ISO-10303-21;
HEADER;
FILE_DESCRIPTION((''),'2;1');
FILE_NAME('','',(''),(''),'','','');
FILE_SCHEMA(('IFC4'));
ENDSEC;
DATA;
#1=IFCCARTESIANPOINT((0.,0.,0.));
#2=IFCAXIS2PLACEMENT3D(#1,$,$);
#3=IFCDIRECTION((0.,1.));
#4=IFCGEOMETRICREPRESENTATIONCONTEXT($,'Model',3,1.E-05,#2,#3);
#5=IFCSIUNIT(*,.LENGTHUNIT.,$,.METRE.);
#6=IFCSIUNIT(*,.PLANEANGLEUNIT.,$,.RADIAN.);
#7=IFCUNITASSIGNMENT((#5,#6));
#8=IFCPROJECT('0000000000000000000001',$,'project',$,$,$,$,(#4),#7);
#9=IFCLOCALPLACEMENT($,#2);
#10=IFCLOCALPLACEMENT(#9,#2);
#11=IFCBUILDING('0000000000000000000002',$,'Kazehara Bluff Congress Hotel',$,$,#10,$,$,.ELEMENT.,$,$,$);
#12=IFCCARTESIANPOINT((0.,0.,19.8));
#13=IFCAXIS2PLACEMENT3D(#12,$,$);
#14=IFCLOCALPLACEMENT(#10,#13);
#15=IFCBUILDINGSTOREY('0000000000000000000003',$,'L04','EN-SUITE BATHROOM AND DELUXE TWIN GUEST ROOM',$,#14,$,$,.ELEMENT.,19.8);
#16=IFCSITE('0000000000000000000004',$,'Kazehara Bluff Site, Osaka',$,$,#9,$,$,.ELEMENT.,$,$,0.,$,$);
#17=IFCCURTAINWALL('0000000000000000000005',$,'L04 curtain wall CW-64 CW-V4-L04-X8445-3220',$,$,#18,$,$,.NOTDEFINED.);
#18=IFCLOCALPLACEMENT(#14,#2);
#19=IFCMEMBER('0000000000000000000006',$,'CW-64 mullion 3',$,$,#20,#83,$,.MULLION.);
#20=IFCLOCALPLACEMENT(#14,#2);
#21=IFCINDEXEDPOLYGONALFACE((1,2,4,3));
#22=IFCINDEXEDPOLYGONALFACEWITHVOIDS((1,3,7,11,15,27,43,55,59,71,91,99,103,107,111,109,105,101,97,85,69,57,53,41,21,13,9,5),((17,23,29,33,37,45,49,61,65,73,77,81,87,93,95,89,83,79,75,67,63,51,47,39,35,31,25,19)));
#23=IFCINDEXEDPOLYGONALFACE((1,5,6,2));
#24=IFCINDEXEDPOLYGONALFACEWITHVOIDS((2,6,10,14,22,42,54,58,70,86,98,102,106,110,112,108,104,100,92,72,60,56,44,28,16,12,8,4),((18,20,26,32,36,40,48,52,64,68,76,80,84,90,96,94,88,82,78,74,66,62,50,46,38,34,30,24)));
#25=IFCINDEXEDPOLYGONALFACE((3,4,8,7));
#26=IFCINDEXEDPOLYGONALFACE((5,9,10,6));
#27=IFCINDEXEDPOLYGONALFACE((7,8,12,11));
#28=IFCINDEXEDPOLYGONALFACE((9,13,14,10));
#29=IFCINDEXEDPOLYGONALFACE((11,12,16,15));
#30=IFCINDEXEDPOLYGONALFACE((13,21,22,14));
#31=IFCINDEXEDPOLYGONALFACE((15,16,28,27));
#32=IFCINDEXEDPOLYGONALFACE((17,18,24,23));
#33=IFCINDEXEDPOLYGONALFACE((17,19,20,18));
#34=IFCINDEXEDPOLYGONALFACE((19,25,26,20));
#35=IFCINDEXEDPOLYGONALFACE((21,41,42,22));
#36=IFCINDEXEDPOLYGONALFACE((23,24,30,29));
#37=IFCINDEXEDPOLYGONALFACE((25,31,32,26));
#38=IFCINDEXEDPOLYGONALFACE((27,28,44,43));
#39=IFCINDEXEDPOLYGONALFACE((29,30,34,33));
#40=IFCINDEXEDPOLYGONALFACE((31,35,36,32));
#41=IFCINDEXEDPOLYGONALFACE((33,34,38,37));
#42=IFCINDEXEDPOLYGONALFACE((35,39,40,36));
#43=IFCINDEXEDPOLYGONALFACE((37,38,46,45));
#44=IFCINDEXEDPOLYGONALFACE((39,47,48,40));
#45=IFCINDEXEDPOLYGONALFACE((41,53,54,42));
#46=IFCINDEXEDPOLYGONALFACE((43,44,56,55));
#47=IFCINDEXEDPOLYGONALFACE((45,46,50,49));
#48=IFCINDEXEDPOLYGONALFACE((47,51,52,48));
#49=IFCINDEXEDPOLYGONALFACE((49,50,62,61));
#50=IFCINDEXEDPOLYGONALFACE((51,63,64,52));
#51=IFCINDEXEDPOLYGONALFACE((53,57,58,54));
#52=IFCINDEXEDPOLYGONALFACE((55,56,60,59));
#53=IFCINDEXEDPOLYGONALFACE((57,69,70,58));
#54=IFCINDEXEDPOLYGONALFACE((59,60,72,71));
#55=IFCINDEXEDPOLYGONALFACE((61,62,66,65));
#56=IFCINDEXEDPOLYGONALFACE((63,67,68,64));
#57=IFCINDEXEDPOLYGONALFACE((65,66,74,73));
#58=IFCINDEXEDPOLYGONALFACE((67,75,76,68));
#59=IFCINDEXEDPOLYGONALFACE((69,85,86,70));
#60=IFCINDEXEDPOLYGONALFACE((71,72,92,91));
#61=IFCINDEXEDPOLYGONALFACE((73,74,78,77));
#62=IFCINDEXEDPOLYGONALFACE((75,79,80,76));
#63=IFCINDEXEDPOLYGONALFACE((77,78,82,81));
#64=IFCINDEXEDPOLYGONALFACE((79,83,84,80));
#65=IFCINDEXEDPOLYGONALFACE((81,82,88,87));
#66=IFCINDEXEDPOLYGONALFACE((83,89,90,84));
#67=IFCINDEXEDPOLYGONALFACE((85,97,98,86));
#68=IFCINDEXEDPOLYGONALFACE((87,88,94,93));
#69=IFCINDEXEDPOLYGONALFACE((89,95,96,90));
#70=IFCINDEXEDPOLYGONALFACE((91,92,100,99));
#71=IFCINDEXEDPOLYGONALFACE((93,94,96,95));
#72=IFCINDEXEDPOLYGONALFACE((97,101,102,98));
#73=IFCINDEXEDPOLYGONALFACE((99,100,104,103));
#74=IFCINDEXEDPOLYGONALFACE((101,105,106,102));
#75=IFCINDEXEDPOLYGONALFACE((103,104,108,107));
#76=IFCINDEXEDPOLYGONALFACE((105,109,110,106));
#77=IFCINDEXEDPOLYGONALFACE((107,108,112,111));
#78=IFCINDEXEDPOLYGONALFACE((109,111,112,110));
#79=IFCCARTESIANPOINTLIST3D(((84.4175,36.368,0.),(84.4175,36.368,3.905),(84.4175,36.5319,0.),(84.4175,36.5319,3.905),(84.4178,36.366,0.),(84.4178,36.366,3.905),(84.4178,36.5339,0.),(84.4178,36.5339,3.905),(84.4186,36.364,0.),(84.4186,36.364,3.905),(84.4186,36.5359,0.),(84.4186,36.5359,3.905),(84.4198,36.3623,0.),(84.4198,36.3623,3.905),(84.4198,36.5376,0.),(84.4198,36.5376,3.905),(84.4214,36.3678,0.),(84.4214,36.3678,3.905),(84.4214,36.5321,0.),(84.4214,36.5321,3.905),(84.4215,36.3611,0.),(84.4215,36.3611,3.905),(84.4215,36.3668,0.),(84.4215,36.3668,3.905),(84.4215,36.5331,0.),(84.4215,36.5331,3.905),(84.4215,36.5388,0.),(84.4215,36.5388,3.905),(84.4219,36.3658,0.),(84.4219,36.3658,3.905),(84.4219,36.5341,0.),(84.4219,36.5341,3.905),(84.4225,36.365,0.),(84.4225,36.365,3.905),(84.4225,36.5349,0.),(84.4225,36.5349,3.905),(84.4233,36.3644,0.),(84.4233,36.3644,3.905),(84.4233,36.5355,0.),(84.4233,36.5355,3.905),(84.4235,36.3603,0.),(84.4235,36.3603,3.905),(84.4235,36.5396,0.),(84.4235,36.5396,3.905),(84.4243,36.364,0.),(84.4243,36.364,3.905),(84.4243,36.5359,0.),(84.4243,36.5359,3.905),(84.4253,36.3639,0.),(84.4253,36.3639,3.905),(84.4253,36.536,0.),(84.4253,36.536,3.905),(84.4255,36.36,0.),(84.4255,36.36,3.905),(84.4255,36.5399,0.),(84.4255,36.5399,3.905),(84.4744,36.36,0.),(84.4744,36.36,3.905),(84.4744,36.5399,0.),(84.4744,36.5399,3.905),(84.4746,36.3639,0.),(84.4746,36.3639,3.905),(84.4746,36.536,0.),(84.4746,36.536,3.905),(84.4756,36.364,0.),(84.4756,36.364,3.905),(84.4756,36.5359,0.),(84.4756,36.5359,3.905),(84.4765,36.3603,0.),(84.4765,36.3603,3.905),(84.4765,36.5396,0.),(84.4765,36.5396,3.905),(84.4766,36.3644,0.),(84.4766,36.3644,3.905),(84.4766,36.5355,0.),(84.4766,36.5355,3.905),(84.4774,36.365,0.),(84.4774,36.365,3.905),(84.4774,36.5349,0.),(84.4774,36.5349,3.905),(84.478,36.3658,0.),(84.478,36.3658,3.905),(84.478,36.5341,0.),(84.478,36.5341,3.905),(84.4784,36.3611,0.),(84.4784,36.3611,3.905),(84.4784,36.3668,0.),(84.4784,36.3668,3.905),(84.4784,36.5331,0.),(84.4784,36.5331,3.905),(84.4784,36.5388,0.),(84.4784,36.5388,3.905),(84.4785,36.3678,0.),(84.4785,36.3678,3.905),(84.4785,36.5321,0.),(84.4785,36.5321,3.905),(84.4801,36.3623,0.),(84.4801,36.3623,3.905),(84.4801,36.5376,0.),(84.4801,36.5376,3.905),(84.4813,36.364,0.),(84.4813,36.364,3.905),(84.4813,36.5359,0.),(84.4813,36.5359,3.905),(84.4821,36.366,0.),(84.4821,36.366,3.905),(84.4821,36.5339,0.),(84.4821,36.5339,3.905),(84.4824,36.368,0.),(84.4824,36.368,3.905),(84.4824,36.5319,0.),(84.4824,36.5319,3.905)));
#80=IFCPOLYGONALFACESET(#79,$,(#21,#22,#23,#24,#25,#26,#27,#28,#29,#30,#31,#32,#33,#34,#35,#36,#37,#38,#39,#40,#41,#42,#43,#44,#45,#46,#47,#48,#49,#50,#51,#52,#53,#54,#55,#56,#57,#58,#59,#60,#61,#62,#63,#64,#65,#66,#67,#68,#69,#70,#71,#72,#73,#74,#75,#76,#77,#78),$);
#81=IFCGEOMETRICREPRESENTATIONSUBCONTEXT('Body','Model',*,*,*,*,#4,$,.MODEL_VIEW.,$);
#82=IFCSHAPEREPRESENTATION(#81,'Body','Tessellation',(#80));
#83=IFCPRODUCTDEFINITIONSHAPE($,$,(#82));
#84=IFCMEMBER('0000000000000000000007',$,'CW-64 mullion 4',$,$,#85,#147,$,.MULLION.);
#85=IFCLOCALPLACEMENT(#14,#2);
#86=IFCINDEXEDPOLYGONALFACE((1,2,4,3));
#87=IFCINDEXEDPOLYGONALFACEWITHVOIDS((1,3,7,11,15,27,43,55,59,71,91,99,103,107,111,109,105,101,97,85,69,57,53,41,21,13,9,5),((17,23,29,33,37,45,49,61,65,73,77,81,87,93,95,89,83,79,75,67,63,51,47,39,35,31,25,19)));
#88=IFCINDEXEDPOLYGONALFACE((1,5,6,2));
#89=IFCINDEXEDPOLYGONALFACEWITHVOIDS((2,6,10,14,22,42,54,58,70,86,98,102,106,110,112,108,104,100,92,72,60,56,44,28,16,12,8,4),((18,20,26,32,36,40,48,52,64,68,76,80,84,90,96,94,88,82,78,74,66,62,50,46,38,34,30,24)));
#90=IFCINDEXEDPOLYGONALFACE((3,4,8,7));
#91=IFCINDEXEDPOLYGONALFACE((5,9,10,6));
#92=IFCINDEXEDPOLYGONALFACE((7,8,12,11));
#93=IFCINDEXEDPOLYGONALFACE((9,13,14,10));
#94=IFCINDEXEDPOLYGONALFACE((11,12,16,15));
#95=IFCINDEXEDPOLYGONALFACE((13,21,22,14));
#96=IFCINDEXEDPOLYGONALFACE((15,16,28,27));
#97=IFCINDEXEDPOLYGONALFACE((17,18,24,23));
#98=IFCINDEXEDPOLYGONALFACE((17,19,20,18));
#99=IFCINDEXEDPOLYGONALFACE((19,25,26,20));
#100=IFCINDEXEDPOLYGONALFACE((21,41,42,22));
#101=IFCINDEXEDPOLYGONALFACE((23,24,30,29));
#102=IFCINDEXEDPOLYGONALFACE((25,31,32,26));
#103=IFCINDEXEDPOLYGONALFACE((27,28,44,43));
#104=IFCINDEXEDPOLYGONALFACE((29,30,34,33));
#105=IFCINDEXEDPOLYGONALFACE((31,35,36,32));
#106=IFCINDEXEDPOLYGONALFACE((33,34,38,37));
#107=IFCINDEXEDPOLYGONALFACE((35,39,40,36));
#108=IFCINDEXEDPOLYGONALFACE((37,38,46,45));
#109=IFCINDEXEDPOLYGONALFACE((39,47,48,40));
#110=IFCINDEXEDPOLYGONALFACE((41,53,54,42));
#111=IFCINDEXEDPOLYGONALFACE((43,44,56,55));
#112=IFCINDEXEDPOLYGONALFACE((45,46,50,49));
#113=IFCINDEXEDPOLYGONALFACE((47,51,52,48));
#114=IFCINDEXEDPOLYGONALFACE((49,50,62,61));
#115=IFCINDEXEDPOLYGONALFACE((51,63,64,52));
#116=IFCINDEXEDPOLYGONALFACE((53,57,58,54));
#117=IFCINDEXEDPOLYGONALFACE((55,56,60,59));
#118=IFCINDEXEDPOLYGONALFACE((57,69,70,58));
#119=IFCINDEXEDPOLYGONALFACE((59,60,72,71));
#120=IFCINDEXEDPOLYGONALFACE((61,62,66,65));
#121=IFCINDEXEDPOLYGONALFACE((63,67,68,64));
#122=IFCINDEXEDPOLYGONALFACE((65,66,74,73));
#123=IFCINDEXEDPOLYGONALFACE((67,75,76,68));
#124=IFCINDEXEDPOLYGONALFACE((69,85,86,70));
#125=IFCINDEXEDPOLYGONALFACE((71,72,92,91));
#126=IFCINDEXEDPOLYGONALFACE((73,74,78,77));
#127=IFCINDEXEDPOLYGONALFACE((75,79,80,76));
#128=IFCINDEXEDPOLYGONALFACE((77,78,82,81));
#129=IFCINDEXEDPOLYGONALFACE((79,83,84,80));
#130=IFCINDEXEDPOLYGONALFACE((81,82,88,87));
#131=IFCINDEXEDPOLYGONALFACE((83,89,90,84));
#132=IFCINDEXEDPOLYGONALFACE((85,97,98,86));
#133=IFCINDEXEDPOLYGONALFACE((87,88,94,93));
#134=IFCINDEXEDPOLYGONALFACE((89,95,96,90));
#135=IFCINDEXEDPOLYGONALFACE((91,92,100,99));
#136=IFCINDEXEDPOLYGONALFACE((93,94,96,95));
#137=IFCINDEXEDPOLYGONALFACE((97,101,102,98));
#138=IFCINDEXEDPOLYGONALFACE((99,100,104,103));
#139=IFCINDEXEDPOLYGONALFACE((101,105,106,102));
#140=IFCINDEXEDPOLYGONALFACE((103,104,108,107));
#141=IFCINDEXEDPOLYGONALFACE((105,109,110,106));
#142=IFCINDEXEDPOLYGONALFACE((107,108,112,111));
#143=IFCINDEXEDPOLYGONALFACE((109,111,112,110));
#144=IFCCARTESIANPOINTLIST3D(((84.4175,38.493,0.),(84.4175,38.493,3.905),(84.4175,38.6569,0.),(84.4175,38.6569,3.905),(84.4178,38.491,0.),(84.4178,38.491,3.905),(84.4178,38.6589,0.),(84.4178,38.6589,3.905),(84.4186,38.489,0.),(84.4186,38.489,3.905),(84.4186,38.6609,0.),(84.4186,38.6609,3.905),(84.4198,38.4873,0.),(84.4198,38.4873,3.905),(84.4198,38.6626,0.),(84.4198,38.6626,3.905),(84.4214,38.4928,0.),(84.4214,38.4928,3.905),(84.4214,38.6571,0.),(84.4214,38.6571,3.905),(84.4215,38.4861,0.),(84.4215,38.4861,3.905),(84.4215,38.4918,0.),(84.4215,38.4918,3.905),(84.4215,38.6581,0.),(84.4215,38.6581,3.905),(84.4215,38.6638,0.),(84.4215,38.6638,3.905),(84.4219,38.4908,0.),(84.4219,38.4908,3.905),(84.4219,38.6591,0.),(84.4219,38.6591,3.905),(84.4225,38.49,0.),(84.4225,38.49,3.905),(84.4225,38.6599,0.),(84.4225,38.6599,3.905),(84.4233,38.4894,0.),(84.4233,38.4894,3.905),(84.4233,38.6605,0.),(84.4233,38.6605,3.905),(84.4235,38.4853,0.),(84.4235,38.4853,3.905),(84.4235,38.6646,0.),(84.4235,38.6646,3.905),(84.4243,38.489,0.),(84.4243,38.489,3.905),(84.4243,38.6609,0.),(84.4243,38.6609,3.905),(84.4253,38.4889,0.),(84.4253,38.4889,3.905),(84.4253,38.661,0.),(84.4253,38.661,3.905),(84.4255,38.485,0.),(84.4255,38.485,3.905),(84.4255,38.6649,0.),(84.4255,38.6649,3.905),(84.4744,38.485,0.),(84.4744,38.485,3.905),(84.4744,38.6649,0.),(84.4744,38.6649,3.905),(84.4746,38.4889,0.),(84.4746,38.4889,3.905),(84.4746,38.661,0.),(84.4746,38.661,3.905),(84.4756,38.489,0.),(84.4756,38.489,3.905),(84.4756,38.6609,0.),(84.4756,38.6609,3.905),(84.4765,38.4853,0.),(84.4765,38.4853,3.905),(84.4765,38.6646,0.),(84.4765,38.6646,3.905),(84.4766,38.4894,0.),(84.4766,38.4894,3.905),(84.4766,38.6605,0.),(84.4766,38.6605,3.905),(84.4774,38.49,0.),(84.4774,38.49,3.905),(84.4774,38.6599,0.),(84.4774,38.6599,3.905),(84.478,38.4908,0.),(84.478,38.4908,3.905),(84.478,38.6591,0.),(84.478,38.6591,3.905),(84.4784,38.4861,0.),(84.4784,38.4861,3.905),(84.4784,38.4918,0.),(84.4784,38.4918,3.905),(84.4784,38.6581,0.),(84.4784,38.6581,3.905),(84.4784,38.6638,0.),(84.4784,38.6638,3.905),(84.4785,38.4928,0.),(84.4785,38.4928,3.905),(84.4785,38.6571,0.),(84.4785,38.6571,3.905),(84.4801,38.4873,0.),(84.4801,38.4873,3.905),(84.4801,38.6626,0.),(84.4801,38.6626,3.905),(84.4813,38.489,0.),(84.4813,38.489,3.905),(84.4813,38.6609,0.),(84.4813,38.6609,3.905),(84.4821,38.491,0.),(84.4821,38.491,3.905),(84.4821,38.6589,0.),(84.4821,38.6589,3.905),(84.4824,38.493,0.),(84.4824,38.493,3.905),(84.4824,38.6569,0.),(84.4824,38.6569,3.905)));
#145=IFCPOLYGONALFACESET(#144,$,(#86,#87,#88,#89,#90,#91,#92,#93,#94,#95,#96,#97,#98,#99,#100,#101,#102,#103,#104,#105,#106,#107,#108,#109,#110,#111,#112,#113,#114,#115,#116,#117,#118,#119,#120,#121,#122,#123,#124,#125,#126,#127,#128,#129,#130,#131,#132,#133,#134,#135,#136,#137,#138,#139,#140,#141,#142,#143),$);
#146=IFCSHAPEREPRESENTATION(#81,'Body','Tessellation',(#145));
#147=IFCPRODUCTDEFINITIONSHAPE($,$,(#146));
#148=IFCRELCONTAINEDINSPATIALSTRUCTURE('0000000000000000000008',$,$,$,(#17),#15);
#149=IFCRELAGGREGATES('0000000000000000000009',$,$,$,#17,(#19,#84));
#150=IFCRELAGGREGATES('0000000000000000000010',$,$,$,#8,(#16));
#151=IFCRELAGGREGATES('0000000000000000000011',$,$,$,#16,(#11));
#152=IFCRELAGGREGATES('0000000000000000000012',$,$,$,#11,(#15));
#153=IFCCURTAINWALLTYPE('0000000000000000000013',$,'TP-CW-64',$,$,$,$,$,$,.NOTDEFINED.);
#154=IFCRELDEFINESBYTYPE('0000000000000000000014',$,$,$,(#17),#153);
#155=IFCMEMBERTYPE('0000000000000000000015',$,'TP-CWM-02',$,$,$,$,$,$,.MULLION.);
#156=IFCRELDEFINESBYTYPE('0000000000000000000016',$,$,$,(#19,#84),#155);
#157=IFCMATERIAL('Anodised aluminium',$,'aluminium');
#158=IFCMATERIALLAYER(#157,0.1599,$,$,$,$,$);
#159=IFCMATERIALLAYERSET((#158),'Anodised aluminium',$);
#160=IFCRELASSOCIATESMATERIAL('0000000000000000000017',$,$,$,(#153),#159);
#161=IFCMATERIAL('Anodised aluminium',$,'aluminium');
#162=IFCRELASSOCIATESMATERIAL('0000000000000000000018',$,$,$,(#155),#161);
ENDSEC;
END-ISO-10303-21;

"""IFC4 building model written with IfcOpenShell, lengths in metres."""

from ifc_helpers import new_model, si_unit, direction, frame, origin, origin_2d, place, context, subcontext, project, spatial, hollow_rectangle, extrude, material, layer, layer_set, material_profile, profile_set, type_object, element, aggregate, save


model = new_model("IFC4")

# Units and contexts
model_context = context("Model", 3, precision=1e-05, world=origin(), true_north=direction((0.0, 1.0)))
body_context = subcontext(model_context, "Body", "Model", "MODEL_VIEW")
ifc_project = project(units=[si_unit("LENGTHUNIT", "METRE"), si_unit("PLANEANGLEUNIT", "RADIAN")], contexts=[model_context])

# Site, building, storey
site_placement = place(None, origin())
site = spatial("IfcSite", under=ifc_project, at=site_placement, Name="Kazehara Bluff Site, Osaka", CompositionType="ELEMENT", RefElevation=0.0)
building_placement = place(site_placement, origin())
building = spatial("IfcBuilding", under=site, at=building_placement, Name="Kazehara Bluff Congress Hotel", CompositionType="ELEMENT")
storey_placement = place(building_placement, frame((0.0, 0.0, 19.8)))
storey = spatial("IfcBuildingStorey", under=building, at=storey_placement, Name="L04", Description="EN-SUITE BATHROOM AND DELUXE TWIN GUEST ROOM", CompositionType="ELEMENT", Elevation=19.8)

# Curtain wall, members
ifc_material_1 = material(Name="Anodised aluminium", Category="aluminium")
ifc_layer_1 = layer(ifc_material_1, 0.1599)
ifc_layer_set_1 = layer_set([ifc_layer_1], Name="Anodised aluminium")
curtain_wall_type_1 = type_object("IfcCurtainWallType", Name="TP-CW-64", PredefinedType="NOTDEFINED", material=ifc_layer_set_1)
curtain_wall_1_placement = place(storey_placement, origin())
curtain_wall_1 = element("IfcCurtainWall", 1, at=curtain_wall_1_placement, inside=storey, type_object=curtain_wall_type_1, Name="L04 curtain wall CW-64 CW-V4-L04-X8445-3220", PredefinedType="NOTDEFINED")
ifc_material_2 = material(Name="Anodised aluminium", Category="aluminium")
ifc_material_profile_1 = material_profile(ifc_material_2, hollow_rectangle(XDim=0.0649, YDim=0.1799, WallThickness=0.0039, InnerFilletRadius=0.0039, OuterFilletRadius=0.0081, at=origin_2d()))
ifc_profile_set_1 = profile_set([ifc_material_profile_1], Name="Anodised aluminium")
member_type_1 = type_object("IfcMemberType", Name="TP-CWM-02", PredefinedType="MULLION", material=ifc_profile_set_1)
member_1_placement = place(storey_placement, frame((84.45, 36.45, 0.0), z_axis=(0.0, 0.0, 1.0), x_axis=(-1.0, 0.0, 0.0)))
member_1 = element("IfcMember", 2, at=member_1_placement, type_object=member_type_1, Name="CW-64 mullion 3", PredefinedType="MULLION", context=body_context, shape_type="SweptSolid", body=[
    extrude(hollow_rectangle(XDim=0.0649, YDim=0.1799, WallThickness=0.0039, InnerFilletRadius=0.0039, OuterFilletRadius=0.0081, at=origin_2d()), origin(), (0.0, 0.0, 1.0), 3.905),
])
member_2_placement = place(storey_placement, frame((84.45, 38.575, 0.0), z_axis=(0.0, 0.0, 1.0), x_axis=(-1.0, 0.0, 0.0)))
member_2 = element("IfcMember", 3, at=member_2_placement, type_object=member_type_1, Name="CW-64 mullion 4", PredefinedType="MULLION", context=body_context, shape_type="SweptSolid", body=[
    extrude(hollow_rectangle(XDim=0.0649, YDim=0.1799, WallThickness=0.0039, InnerFilletRadius=0.0039, OuterFilletRadius=0.0081, at=origin_2d()), origin(), (0.0, 0.0, 1.0), 3.905),
])

aggregate(curtain_wall_1, [member_1, member_2])

save(model, "model.ifc")
